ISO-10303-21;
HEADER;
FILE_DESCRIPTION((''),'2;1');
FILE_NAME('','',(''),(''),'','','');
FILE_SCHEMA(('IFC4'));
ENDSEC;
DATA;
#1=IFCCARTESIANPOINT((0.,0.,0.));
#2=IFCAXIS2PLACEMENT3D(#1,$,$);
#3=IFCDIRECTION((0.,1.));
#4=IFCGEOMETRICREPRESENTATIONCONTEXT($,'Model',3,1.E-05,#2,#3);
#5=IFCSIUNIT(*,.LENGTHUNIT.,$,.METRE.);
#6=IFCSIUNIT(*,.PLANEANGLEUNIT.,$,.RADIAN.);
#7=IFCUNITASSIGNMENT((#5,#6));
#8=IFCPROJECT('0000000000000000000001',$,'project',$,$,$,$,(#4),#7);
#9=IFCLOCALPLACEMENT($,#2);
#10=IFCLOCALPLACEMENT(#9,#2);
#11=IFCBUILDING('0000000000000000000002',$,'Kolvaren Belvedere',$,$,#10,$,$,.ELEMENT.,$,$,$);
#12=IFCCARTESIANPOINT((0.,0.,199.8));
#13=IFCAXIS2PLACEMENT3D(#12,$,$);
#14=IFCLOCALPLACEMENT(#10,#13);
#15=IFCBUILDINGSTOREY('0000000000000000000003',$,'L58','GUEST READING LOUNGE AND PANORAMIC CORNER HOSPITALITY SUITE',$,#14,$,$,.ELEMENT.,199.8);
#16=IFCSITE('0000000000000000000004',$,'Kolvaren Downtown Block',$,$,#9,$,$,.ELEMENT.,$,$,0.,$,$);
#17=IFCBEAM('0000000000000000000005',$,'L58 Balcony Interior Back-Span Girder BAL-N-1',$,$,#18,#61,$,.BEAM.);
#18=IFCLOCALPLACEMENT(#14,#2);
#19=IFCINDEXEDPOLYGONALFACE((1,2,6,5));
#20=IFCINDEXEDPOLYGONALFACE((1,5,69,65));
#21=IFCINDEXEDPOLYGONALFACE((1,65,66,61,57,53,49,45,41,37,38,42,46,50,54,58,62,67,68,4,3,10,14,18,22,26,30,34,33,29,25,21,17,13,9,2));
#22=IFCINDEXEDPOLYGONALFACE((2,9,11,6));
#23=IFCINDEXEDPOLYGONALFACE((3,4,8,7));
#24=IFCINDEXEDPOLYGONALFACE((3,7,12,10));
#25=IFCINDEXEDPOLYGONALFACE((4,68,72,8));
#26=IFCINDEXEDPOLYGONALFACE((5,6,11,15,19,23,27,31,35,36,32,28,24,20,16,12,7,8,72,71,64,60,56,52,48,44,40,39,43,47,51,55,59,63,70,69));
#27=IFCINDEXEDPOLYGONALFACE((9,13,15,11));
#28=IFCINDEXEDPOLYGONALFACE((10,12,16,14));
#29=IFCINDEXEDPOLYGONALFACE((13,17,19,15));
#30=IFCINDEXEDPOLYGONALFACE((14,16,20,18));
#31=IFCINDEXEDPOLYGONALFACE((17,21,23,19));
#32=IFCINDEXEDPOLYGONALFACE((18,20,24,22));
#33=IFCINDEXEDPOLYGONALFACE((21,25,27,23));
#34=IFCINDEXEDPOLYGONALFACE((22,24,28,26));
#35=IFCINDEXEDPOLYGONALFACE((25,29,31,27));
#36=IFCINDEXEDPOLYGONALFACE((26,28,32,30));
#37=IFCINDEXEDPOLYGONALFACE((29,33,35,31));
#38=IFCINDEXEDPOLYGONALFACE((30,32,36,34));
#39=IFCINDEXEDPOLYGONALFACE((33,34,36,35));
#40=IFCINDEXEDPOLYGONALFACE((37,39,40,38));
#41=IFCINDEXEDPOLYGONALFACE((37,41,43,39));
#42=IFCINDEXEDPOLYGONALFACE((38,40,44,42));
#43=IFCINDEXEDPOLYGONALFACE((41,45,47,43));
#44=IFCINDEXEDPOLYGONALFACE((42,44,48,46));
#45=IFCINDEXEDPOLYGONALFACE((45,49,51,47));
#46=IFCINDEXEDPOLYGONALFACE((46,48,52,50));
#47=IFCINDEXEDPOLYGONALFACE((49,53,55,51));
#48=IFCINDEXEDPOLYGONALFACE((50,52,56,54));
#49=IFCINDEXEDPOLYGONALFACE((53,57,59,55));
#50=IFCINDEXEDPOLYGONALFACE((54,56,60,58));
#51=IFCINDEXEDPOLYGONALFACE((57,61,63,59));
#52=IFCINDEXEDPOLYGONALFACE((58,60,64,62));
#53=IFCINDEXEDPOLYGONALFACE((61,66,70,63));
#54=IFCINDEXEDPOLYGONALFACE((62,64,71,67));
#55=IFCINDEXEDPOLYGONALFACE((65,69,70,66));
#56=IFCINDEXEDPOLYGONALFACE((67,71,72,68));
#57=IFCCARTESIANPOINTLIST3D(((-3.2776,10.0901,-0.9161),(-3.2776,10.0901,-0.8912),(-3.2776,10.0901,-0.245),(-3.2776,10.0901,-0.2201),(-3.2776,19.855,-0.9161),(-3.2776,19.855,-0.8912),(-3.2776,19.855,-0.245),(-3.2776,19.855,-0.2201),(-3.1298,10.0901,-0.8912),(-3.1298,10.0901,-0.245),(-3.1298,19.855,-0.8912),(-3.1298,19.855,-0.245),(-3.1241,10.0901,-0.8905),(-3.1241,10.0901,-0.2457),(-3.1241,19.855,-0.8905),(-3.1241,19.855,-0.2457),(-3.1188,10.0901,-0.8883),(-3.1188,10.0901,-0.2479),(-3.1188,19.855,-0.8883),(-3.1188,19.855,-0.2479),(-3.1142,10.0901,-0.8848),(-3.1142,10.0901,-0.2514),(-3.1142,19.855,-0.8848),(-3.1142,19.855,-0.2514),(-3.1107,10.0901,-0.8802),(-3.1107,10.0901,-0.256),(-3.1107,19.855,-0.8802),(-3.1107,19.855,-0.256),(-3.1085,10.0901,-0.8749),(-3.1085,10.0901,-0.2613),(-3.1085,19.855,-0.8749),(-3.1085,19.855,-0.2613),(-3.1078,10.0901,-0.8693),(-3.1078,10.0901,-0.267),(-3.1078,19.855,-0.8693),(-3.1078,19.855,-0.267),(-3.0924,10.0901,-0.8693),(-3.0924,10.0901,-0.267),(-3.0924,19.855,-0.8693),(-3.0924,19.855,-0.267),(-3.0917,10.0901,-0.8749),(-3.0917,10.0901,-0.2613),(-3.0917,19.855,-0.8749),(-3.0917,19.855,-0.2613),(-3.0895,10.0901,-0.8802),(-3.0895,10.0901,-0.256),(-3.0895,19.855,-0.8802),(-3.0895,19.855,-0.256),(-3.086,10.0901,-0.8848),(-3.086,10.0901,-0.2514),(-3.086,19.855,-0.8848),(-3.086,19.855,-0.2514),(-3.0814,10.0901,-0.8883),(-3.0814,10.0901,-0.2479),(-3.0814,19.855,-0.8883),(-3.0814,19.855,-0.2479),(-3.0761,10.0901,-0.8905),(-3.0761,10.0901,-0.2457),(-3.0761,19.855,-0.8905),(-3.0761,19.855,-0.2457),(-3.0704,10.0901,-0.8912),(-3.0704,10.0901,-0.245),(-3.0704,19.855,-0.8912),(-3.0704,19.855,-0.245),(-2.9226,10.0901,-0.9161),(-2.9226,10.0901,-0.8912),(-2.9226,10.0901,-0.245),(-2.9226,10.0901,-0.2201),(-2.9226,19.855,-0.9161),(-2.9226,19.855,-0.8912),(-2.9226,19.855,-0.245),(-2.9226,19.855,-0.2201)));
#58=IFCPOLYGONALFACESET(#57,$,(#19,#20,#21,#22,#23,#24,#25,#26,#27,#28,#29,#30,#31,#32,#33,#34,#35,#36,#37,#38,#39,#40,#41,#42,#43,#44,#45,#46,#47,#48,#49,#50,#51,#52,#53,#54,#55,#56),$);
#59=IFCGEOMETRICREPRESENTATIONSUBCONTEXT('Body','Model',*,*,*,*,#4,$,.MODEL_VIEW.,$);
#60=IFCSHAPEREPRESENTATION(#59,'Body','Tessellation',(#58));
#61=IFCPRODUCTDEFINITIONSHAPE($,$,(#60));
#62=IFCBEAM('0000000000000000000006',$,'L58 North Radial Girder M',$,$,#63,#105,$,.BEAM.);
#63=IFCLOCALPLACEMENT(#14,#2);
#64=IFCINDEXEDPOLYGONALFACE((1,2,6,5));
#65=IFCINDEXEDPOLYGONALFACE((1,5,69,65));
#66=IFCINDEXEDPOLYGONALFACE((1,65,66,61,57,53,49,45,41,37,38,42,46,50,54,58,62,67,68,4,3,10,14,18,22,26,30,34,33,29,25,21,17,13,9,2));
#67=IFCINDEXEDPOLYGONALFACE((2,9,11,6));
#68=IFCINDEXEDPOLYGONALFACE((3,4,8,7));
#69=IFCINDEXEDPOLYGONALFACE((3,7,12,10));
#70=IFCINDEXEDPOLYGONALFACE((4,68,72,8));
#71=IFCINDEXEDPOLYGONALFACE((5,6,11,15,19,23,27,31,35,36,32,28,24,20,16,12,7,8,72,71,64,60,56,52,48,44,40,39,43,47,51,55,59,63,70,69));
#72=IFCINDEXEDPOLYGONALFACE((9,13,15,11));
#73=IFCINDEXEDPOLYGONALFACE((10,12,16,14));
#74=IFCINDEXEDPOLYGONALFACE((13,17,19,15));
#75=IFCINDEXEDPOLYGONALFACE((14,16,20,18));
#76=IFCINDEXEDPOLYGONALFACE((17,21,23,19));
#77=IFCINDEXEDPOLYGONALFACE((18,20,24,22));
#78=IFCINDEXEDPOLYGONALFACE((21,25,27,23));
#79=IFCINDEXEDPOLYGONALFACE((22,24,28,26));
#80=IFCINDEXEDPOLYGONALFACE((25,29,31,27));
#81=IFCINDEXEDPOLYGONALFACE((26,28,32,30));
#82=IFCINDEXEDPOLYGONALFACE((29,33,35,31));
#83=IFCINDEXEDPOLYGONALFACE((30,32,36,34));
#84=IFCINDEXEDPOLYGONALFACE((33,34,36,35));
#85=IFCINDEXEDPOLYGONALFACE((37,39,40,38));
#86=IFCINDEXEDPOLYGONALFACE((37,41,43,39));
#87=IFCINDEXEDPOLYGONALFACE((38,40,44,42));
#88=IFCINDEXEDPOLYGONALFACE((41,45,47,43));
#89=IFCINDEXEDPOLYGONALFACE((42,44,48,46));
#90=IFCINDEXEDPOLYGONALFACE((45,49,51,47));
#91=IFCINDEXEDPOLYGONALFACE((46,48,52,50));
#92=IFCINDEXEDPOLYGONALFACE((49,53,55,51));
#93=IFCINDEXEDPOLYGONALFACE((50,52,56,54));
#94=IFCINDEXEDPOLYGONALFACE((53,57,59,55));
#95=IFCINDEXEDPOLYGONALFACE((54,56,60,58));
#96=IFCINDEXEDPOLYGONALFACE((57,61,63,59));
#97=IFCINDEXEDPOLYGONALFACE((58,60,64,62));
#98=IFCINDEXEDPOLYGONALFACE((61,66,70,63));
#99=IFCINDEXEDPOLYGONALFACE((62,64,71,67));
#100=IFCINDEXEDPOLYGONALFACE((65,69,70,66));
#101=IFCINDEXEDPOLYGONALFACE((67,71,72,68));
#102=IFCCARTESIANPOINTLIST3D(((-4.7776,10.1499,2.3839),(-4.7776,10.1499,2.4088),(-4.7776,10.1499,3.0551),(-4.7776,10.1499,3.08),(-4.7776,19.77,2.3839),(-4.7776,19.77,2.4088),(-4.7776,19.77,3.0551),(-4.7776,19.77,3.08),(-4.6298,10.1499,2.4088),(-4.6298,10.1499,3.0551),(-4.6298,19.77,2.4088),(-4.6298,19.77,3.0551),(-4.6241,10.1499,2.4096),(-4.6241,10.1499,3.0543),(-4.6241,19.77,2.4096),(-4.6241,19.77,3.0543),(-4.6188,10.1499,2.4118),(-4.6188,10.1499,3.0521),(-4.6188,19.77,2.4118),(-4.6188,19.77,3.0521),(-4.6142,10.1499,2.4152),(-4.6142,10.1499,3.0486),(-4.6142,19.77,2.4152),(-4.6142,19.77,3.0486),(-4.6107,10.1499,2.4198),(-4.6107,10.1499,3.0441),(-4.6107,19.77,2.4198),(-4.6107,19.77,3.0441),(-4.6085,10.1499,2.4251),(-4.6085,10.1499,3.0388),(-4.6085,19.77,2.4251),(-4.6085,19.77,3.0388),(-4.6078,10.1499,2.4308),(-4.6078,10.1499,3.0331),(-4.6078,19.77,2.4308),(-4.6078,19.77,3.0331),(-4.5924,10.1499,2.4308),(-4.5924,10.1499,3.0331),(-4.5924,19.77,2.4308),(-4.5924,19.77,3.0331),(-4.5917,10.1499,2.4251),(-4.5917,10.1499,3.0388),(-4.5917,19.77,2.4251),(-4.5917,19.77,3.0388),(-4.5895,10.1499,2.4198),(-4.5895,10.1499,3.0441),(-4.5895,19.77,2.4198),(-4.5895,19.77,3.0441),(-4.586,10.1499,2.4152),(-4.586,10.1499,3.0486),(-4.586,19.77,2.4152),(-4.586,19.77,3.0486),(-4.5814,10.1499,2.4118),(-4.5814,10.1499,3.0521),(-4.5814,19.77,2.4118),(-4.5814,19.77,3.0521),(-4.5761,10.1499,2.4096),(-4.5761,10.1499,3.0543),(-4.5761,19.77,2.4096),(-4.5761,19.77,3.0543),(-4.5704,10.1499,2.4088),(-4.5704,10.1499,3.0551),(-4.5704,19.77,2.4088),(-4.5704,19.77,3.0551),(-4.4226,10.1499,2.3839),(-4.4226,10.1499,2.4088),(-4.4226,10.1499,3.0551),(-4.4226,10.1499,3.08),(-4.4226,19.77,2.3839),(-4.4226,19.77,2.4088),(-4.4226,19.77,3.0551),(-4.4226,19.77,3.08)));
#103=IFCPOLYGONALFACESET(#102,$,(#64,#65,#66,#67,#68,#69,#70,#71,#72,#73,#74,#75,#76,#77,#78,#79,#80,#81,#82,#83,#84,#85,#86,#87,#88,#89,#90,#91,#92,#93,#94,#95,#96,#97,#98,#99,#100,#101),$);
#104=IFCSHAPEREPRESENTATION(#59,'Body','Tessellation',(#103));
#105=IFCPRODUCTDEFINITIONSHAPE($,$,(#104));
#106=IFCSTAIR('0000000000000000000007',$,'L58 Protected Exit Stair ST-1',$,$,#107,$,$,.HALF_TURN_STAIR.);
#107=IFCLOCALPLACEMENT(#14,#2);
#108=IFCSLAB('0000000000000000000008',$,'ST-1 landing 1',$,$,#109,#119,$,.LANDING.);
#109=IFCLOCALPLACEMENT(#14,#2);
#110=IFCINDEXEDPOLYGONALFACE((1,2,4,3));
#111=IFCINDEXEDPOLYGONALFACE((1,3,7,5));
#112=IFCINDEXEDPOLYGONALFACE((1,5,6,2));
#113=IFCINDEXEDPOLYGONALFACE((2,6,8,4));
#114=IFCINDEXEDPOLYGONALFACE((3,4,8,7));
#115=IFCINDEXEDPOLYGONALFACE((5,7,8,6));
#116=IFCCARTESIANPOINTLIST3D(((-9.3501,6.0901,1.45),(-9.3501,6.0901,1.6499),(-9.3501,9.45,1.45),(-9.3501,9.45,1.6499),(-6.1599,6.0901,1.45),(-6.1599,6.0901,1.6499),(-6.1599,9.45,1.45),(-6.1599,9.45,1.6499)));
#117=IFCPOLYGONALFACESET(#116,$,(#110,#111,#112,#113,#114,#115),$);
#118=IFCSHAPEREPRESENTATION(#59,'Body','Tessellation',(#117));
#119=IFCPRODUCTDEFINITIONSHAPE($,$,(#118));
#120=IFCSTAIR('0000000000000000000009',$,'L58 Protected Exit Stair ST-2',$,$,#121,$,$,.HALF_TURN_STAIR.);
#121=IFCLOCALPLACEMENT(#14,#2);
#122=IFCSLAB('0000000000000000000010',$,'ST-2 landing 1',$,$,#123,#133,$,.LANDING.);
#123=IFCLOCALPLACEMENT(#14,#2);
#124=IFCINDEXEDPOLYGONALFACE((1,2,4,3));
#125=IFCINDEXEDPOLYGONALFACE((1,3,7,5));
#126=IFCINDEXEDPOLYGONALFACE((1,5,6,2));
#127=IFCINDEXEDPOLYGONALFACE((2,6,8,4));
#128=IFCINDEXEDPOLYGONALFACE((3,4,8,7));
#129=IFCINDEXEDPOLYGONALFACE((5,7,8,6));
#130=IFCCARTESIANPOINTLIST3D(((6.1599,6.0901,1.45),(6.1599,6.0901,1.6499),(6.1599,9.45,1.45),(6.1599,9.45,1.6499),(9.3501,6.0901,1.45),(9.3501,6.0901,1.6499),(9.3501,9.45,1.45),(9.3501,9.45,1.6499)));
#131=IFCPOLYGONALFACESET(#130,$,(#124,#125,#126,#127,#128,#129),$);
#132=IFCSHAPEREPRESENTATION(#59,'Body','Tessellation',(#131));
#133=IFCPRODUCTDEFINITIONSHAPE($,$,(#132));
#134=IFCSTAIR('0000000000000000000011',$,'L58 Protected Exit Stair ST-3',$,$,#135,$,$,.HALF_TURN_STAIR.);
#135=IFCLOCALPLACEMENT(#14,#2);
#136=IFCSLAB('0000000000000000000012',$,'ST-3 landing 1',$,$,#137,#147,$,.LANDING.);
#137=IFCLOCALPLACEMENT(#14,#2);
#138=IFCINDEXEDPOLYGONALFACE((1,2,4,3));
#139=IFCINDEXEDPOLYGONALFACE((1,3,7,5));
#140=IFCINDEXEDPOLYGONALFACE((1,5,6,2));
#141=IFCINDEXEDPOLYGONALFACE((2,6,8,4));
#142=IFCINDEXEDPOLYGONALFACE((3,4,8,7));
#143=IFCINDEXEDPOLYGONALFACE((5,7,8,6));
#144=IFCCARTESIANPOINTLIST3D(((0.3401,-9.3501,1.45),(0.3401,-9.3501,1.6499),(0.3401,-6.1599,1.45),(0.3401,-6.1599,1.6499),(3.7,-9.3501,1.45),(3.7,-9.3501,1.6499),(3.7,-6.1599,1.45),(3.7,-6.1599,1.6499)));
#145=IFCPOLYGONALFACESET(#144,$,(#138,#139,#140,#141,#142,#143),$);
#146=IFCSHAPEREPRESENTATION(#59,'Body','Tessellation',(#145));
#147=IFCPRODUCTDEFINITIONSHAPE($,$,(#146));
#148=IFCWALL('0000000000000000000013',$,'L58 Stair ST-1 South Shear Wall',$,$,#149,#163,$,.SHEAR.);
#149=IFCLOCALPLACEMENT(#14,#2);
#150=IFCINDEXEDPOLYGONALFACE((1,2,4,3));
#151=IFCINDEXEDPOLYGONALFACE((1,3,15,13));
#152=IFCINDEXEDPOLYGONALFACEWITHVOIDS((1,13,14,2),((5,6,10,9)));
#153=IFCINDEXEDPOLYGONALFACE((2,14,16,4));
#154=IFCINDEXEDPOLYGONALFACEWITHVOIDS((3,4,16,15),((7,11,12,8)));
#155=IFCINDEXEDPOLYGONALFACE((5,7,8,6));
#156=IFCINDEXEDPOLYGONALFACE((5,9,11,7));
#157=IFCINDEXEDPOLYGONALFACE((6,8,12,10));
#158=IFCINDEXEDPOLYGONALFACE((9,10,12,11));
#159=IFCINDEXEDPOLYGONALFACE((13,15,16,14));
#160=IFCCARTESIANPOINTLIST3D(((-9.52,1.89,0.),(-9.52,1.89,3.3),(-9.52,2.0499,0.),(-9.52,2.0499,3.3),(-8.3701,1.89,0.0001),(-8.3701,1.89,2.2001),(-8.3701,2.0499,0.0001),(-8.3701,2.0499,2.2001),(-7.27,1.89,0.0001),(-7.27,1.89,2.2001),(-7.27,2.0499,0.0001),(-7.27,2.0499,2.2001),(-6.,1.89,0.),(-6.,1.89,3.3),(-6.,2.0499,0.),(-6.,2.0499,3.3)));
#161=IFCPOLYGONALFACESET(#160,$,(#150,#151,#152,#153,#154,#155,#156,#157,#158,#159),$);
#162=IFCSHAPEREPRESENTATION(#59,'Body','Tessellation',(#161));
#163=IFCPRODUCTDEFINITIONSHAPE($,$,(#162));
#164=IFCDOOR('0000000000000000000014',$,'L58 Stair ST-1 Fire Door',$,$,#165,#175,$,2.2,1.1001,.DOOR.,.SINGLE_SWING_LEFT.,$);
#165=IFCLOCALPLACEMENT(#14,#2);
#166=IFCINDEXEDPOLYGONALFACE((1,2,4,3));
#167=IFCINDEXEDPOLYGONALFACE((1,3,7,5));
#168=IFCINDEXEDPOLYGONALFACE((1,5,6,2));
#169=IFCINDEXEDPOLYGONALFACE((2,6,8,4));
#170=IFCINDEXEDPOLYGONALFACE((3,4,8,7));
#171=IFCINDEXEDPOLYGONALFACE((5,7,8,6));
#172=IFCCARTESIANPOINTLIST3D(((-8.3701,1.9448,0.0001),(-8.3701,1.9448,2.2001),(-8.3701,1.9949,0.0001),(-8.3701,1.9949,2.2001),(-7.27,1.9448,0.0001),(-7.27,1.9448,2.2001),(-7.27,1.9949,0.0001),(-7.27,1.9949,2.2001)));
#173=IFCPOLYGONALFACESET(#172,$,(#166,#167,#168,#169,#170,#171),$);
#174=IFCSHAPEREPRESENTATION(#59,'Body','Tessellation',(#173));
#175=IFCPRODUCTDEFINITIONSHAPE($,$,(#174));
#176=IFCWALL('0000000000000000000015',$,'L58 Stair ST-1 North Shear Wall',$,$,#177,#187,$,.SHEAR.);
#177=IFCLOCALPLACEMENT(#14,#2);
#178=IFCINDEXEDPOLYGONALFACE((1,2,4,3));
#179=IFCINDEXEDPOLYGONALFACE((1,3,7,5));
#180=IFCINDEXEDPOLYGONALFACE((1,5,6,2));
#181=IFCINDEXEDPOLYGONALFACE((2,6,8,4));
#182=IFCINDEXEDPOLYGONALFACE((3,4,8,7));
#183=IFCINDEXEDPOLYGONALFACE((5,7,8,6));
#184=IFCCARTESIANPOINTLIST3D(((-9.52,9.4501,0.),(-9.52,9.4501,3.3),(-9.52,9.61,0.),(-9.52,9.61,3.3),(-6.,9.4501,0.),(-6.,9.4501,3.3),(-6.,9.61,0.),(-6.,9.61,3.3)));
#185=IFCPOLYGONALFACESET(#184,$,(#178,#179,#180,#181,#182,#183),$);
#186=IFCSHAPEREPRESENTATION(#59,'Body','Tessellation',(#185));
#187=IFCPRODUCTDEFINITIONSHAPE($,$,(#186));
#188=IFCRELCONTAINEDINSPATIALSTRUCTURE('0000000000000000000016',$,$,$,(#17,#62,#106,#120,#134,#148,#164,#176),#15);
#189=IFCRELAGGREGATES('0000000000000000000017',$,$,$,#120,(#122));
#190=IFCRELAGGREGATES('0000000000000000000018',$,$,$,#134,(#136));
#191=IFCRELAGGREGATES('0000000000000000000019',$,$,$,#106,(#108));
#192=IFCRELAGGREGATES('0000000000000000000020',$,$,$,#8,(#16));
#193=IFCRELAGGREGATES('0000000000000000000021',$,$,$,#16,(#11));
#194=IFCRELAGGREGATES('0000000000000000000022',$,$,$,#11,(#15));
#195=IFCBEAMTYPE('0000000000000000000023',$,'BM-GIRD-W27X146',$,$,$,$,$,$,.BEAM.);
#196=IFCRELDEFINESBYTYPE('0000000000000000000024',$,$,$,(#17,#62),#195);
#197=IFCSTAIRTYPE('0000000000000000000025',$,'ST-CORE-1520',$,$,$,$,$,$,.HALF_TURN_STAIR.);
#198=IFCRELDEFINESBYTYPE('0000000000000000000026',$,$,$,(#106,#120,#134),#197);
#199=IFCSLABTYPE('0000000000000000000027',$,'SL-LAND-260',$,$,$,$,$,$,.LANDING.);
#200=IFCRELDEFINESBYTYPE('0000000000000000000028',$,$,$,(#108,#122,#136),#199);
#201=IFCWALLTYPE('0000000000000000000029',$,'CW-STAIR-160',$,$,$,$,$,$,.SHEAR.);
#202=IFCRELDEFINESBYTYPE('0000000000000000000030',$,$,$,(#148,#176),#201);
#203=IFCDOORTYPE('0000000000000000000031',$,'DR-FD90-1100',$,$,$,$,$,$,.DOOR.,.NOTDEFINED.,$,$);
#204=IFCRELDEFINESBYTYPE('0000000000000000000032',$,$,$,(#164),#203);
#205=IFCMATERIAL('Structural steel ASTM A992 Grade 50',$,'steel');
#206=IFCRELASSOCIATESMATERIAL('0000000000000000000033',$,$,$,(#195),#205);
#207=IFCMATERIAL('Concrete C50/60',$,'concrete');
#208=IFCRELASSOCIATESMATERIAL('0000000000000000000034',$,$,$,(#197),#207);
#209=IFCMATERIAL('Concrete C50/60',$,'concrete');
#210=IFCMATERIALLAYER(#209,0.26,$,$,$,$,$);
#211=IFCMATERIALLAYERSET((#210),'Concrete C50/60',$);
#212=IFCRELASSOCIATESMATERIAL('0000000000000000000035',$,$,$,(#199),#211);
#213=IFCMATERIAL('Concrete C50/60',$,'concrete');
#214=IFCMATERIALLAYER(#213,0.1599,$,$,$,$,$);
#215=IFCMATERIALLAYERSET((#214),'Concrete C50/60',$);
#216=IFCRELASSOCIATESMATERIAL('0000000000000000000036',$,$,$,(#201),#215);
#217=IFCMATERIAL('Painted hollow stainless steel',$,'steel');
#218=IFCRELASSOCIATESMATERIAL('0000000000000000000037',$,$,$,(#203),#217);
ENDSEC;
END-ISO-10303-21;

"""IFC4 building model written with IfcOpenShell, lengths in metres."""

from ifc_helpers import new_model, si_unit, direction, frame, frame_2d, origin, origin_2d, place, context, subcontext, project, spatial, polyline, rectangle, i_section, outline, extrude, material, layer, layer_set, material_profile, profile_set, type_object, element, fill, aggregate, save


model = new_model("IFC4")

# Units and contexts
model_context = context("Model", 3, precision=1e-05, world=origin(), true_north=direction((0.0, 1.0)))
body_context = subcontext(model_context, "Body", "Model", "MODEL_VIEW")
ifc_project = project(units=[si_unit("LENGTHUNIT", "METRE"), si_unit("PLANEANGLEUNIT", "RADIAN")], contexts=[model_context])

# Site, building, storey
site_placement = place(None, origin())
site = spatial("IfcSite", under=ifc_project, at=site_placement, Name="Kolvaren Downtown Block", CompositionType="ELEMENT", RefElevation=0.0)
building_placement = place(site_placement, origin())
building = spatial("IfcBuilding", under=site, at=building_placement, Name="Kolvaren Belvedere", CompositionType="ELEMENT")
storey_placement = place(building_placement, frame((0.0, 0.0, 199.8)))
storey = spatial("IfcBuildingStorey", under=building, at=storey_placement, Name="L58", Description="GUEST READING LOUNGE AND PANORAMIC CORNER HOSPITALITY SUITE", CompositionType="ELEMENT", Elevation=199.8)

# Beams
ifc_material_1 = material(Name="Structural steel ASTM A992 Grade 50", Category="steel")
ifc_material_profile = material_profile(ifc_material_1, i_section(OverallWidth=0.355, OverallDepth=0.696, WebThickness=0.0154, FlangeThickness=0.0249, FilletRadius=0.022, at=origin_2d()), Name="W27X146")
ifc_profile_set = profile_set([ifc_material_profile], Name="Structural steel ASTM A992 Grade 50")
beam_type = type_object("IfcBeamType", Name="BM-GIRD-W27X146", PredefinedType="BEAM", material=ifc_profile_set)
beam_1_placement = place(storey_placement, frame((-3.1001, 10.0901, -0.5681), z_axis=(0.0, 1.0, 0.0), x_axis=(-1.0, 0.0, 0.0)))
element("IfcBeam", 1, at=beam_1_placement, inside=storey, type_object=beam_type, Name="L58 Balcony Interior Back-Span Girder BAL-N-1", PredefinedType="BEAM", context=body_context, shape_type="SweptSolid", body=[
    extrude(i_section(OverallWidth=0.355, OverallDepth=0.696, WebThickness=0.0154, FlangeThickness=0.0249, FilletRadius=0.022, at=origin_2d()), origin(), (0.0, 0.0, 1.0), 9.7649),
])
beam_2_placement = place(storey_placement, frame((-4.6001, 10.1499, 2.7319), z_axis=(0.0, 1.0, 0.0), x_axis=(-1.0, 0.0, 0.0)))
element("IfcBeam", 2, at=beam_2_placement, inside=storey, type_object=beam_type, Name="L58 North Radial Girder M", PredefinedType="BEAM", context=body_context, shape_type="SweptSolid", body=[
    extrude(i_section(OverallWidth=0.355, OverallDepth=0.696, WebThickness=0.0154, FlangeThickness=0.0249, FilletRadius=0.022, at=origin_2d()), origin(), (0.0, 0.0, 1.0), 9.6201),
])

# Stairs, slabs
ifc_material_2 = material(Name="Concrete C50/60", Category="concrete")
stair_type = type_object("IfcStairType", Name="ST-CORE-1520", PredefinedType="HALF_TURN_STAIR", material=ifc_material_2)
stair_1_placement = place(storey_placement, origin())
stair_1 = element("IfcStair", 3, at=stair_1_placement, inside=storey, type_object=stair_type, Name="L58 Protected Exit Stair ST-1", PredefinedType="HALF_TURN_STAIR")
ifc_material_3 = material(Name="Concrete C50/60", Category="concrete")
ifc_layer_1 = layer(ifc_material_3, 0.26)
ifc_layer_set_1 = layer_set([ifc_layer_1], Name="Concrete C50/60")
slab_type = type_object("IfcSlabType", Name="SL-LAND-260", PredefinedType="LANDING", material=ifc_layer_set_1)
slab_1_placement = place(storey_placement, frame((0.0, 0.0, 1.45)))
slab_1 = element("IfcSlab", 4, at=slab_1_placement, type_object=slab_type, Name="ST-1 landing 1", PredefinedType="LANDING", context=body_context, shape_type="SweptSolid", body=[
    extrude(outline(polyline([(-6.1599, 6.0901), (-6.1599, 9.45), (-9.3501, 9.45), (-9.3501, 6.0901), (-6.1599, 6.0901)])), origin(), (0.0, 0.0, 1.0), 0.2),
])
stair_2_placement = place(storey_placement, origin())
stair_2 = element("IfcStair", 5, at=stair_2_placement, inside=storey, type_object=stair_type, Name="L58 Protected Exit Stair ST-2", PredefinedType="HALF_TURN_STAIR")
slab_2_placement = place(storey_placement, frame((0.0, 0.0, 1.45)))
slab_2 = element("IfcSlab", 6, at=slab_2_placement, type_object=slab_type, Name="ST-2 landing 1", PredefinedType="LANDING", context=body_context, shape_type="SweptSolid", body=[
    extrude(outline(polyline([(9.3501, 6.0901), (9.3501, 9.45), (6.1599, 9.45), (6.1599, 6.0901), (9.3501, 6.0901)])), origin(), (0.0, 0.0, 1.0), 0.2),
])
aggregate(stair_2, [slab_2])
stair_3_placement = place(storey_placement, origin())
stair_3 = element("IfcStair", 7, at=stair_3_placement, inside=storey, type_object=stair_type, Name="L58 Protected Exit Stair ST-3", PredefinedType="HALF_TURN_STAIR")
slab_3_placement = place(storey_placement, frame((0.0, 0.0, 1.45)))
slab_3 = element("IfcSlab", 8, at=slab_3_placement, type_object=slab_type, Name="ST-3 landing 1", PredefinedType="LANDING", context=body_context, shape_type="SweptSolid", body=[
    extrude(outline(polyline([(0.3401, -9.3501), (3.7, -9.3501), (3.7, -6.1599), (0.3401, -6.1599), (0.3401, -9.3501)])), origin(), (0.0, 0.0, 1.0), 0.2),
])
aggregate(stair_3, [slab_3])

# Wall, opening, door
ifc_material_4 = material(Name="Concrete C50/60", Category="concrete")
ifc_layer_2 = layer(ifc_material_4, 0.1599)
ifc_layer_set_2 = layer_set([ifc_layer_2], Name="Concrete C50/60")
wall_type_1 = type_object("IfcWallType", Name="CW-STAIR-160", PredefinedType="SHEAR", material=ifc_layer_set_2)
wall_1_placement = place(storey_placement, frame((-9.52, 1.97, 0.0), z_axis=(0.0, 0.0, 1.0), x_axis=(1.0, 0.0, 0.0)))
wall_1 = element("IfcWall", 9, at=wall_1_placement, inside=storey, type_object=wall_type_1, Name="L58 Stair ST-1 South Shear Wall", PredefinedType="SHEAR", context=body_context, shape_type="SweptSolid", body=[
    extrude(rectangle(XDim=3.52, YDim=0.1599, at=frame_2d((1.76, 0.0))), origin(), (0.0, 0.0, 1.0), 3.3),
])
opening_1_placement = place(wall_1_placement, frame((1.1499, 0.0, 0.0)))
opening_1 = element("IfcOpeningElement", 10, at=opening_1_placement, cuts=wall_1, PredefinedType="OPENING", context=body_context, shape_type="SweptSolid", body=[
    extrude(rectangle(XDim=1.1001, YDim=2.2, at=frame_2d((0.55, 1.1001))), frame((0.0, 0.0898, 0.0), z_axis=(0.0, -1.0, 0.0), x_axis=(1.0, 0.0, 0.0)), (0.0, 0.0, 1.0), 0.1799),
])
ifc_material_5 = material(Name="Painted hollow stainless steel", Category="steel")
door_type_1 = type_object("IfcDoorType", Name="DR-FD90-1100", OperationType="NOTDEFINED", PredefinedType="DOOR", material=ifc_material_5)
door_1_placement = place(opening_1_placement, origin())
door_1 = element("IfcDoor", 11, at=door_1_placement, inside=storey, type_object=door_type_1, Name="L58 Stair ST-1 Fire Door", OperationType="SINGLE_SWING_LEFT", OverallHeight=2.2, OverallWidth=1.1001, PredefinedType="DOOR", context=body_context, shape_type="SweptSolid", body=[
    extrude(rectangle(XDim=1.1001, YDim=2.2, at=frame_2d((0.55, 1.1001))), frame((0.0, 0.0249, 0.0), z_axis=(0.0, -1.0, 0.0), x_axis=(1.0, 0.0, 0.0)), (0.0, 0.0, 1.0), 0.05),
])
fill(opening_1, door_1)

# Wall
wall_2_placement = place(storey_placement, frame((-9.52, 9.53, 0.0), z_axis=(0.0, 0.0, 1.0), x_axis=(1.0, 0.0, 0.0)))
element("IfcWall", 12, at=wall_2_placement, inside=storey, type_object=wall_type_1, Name="L58 Stair ST-1 North Shear Wall", PredefinedType="SHEAR", context=body_context, shape_type="SweptSolid", body=[
    extrude(rectangle(XDim=3.52, YDim=0.1599, at=frame_2d((1.76, 0.0))), origin(), (0.0, 0.0, 1.0), 3.3),
])

aggregate(stair_1, [slab_1])

save(model, "model.ifc")
